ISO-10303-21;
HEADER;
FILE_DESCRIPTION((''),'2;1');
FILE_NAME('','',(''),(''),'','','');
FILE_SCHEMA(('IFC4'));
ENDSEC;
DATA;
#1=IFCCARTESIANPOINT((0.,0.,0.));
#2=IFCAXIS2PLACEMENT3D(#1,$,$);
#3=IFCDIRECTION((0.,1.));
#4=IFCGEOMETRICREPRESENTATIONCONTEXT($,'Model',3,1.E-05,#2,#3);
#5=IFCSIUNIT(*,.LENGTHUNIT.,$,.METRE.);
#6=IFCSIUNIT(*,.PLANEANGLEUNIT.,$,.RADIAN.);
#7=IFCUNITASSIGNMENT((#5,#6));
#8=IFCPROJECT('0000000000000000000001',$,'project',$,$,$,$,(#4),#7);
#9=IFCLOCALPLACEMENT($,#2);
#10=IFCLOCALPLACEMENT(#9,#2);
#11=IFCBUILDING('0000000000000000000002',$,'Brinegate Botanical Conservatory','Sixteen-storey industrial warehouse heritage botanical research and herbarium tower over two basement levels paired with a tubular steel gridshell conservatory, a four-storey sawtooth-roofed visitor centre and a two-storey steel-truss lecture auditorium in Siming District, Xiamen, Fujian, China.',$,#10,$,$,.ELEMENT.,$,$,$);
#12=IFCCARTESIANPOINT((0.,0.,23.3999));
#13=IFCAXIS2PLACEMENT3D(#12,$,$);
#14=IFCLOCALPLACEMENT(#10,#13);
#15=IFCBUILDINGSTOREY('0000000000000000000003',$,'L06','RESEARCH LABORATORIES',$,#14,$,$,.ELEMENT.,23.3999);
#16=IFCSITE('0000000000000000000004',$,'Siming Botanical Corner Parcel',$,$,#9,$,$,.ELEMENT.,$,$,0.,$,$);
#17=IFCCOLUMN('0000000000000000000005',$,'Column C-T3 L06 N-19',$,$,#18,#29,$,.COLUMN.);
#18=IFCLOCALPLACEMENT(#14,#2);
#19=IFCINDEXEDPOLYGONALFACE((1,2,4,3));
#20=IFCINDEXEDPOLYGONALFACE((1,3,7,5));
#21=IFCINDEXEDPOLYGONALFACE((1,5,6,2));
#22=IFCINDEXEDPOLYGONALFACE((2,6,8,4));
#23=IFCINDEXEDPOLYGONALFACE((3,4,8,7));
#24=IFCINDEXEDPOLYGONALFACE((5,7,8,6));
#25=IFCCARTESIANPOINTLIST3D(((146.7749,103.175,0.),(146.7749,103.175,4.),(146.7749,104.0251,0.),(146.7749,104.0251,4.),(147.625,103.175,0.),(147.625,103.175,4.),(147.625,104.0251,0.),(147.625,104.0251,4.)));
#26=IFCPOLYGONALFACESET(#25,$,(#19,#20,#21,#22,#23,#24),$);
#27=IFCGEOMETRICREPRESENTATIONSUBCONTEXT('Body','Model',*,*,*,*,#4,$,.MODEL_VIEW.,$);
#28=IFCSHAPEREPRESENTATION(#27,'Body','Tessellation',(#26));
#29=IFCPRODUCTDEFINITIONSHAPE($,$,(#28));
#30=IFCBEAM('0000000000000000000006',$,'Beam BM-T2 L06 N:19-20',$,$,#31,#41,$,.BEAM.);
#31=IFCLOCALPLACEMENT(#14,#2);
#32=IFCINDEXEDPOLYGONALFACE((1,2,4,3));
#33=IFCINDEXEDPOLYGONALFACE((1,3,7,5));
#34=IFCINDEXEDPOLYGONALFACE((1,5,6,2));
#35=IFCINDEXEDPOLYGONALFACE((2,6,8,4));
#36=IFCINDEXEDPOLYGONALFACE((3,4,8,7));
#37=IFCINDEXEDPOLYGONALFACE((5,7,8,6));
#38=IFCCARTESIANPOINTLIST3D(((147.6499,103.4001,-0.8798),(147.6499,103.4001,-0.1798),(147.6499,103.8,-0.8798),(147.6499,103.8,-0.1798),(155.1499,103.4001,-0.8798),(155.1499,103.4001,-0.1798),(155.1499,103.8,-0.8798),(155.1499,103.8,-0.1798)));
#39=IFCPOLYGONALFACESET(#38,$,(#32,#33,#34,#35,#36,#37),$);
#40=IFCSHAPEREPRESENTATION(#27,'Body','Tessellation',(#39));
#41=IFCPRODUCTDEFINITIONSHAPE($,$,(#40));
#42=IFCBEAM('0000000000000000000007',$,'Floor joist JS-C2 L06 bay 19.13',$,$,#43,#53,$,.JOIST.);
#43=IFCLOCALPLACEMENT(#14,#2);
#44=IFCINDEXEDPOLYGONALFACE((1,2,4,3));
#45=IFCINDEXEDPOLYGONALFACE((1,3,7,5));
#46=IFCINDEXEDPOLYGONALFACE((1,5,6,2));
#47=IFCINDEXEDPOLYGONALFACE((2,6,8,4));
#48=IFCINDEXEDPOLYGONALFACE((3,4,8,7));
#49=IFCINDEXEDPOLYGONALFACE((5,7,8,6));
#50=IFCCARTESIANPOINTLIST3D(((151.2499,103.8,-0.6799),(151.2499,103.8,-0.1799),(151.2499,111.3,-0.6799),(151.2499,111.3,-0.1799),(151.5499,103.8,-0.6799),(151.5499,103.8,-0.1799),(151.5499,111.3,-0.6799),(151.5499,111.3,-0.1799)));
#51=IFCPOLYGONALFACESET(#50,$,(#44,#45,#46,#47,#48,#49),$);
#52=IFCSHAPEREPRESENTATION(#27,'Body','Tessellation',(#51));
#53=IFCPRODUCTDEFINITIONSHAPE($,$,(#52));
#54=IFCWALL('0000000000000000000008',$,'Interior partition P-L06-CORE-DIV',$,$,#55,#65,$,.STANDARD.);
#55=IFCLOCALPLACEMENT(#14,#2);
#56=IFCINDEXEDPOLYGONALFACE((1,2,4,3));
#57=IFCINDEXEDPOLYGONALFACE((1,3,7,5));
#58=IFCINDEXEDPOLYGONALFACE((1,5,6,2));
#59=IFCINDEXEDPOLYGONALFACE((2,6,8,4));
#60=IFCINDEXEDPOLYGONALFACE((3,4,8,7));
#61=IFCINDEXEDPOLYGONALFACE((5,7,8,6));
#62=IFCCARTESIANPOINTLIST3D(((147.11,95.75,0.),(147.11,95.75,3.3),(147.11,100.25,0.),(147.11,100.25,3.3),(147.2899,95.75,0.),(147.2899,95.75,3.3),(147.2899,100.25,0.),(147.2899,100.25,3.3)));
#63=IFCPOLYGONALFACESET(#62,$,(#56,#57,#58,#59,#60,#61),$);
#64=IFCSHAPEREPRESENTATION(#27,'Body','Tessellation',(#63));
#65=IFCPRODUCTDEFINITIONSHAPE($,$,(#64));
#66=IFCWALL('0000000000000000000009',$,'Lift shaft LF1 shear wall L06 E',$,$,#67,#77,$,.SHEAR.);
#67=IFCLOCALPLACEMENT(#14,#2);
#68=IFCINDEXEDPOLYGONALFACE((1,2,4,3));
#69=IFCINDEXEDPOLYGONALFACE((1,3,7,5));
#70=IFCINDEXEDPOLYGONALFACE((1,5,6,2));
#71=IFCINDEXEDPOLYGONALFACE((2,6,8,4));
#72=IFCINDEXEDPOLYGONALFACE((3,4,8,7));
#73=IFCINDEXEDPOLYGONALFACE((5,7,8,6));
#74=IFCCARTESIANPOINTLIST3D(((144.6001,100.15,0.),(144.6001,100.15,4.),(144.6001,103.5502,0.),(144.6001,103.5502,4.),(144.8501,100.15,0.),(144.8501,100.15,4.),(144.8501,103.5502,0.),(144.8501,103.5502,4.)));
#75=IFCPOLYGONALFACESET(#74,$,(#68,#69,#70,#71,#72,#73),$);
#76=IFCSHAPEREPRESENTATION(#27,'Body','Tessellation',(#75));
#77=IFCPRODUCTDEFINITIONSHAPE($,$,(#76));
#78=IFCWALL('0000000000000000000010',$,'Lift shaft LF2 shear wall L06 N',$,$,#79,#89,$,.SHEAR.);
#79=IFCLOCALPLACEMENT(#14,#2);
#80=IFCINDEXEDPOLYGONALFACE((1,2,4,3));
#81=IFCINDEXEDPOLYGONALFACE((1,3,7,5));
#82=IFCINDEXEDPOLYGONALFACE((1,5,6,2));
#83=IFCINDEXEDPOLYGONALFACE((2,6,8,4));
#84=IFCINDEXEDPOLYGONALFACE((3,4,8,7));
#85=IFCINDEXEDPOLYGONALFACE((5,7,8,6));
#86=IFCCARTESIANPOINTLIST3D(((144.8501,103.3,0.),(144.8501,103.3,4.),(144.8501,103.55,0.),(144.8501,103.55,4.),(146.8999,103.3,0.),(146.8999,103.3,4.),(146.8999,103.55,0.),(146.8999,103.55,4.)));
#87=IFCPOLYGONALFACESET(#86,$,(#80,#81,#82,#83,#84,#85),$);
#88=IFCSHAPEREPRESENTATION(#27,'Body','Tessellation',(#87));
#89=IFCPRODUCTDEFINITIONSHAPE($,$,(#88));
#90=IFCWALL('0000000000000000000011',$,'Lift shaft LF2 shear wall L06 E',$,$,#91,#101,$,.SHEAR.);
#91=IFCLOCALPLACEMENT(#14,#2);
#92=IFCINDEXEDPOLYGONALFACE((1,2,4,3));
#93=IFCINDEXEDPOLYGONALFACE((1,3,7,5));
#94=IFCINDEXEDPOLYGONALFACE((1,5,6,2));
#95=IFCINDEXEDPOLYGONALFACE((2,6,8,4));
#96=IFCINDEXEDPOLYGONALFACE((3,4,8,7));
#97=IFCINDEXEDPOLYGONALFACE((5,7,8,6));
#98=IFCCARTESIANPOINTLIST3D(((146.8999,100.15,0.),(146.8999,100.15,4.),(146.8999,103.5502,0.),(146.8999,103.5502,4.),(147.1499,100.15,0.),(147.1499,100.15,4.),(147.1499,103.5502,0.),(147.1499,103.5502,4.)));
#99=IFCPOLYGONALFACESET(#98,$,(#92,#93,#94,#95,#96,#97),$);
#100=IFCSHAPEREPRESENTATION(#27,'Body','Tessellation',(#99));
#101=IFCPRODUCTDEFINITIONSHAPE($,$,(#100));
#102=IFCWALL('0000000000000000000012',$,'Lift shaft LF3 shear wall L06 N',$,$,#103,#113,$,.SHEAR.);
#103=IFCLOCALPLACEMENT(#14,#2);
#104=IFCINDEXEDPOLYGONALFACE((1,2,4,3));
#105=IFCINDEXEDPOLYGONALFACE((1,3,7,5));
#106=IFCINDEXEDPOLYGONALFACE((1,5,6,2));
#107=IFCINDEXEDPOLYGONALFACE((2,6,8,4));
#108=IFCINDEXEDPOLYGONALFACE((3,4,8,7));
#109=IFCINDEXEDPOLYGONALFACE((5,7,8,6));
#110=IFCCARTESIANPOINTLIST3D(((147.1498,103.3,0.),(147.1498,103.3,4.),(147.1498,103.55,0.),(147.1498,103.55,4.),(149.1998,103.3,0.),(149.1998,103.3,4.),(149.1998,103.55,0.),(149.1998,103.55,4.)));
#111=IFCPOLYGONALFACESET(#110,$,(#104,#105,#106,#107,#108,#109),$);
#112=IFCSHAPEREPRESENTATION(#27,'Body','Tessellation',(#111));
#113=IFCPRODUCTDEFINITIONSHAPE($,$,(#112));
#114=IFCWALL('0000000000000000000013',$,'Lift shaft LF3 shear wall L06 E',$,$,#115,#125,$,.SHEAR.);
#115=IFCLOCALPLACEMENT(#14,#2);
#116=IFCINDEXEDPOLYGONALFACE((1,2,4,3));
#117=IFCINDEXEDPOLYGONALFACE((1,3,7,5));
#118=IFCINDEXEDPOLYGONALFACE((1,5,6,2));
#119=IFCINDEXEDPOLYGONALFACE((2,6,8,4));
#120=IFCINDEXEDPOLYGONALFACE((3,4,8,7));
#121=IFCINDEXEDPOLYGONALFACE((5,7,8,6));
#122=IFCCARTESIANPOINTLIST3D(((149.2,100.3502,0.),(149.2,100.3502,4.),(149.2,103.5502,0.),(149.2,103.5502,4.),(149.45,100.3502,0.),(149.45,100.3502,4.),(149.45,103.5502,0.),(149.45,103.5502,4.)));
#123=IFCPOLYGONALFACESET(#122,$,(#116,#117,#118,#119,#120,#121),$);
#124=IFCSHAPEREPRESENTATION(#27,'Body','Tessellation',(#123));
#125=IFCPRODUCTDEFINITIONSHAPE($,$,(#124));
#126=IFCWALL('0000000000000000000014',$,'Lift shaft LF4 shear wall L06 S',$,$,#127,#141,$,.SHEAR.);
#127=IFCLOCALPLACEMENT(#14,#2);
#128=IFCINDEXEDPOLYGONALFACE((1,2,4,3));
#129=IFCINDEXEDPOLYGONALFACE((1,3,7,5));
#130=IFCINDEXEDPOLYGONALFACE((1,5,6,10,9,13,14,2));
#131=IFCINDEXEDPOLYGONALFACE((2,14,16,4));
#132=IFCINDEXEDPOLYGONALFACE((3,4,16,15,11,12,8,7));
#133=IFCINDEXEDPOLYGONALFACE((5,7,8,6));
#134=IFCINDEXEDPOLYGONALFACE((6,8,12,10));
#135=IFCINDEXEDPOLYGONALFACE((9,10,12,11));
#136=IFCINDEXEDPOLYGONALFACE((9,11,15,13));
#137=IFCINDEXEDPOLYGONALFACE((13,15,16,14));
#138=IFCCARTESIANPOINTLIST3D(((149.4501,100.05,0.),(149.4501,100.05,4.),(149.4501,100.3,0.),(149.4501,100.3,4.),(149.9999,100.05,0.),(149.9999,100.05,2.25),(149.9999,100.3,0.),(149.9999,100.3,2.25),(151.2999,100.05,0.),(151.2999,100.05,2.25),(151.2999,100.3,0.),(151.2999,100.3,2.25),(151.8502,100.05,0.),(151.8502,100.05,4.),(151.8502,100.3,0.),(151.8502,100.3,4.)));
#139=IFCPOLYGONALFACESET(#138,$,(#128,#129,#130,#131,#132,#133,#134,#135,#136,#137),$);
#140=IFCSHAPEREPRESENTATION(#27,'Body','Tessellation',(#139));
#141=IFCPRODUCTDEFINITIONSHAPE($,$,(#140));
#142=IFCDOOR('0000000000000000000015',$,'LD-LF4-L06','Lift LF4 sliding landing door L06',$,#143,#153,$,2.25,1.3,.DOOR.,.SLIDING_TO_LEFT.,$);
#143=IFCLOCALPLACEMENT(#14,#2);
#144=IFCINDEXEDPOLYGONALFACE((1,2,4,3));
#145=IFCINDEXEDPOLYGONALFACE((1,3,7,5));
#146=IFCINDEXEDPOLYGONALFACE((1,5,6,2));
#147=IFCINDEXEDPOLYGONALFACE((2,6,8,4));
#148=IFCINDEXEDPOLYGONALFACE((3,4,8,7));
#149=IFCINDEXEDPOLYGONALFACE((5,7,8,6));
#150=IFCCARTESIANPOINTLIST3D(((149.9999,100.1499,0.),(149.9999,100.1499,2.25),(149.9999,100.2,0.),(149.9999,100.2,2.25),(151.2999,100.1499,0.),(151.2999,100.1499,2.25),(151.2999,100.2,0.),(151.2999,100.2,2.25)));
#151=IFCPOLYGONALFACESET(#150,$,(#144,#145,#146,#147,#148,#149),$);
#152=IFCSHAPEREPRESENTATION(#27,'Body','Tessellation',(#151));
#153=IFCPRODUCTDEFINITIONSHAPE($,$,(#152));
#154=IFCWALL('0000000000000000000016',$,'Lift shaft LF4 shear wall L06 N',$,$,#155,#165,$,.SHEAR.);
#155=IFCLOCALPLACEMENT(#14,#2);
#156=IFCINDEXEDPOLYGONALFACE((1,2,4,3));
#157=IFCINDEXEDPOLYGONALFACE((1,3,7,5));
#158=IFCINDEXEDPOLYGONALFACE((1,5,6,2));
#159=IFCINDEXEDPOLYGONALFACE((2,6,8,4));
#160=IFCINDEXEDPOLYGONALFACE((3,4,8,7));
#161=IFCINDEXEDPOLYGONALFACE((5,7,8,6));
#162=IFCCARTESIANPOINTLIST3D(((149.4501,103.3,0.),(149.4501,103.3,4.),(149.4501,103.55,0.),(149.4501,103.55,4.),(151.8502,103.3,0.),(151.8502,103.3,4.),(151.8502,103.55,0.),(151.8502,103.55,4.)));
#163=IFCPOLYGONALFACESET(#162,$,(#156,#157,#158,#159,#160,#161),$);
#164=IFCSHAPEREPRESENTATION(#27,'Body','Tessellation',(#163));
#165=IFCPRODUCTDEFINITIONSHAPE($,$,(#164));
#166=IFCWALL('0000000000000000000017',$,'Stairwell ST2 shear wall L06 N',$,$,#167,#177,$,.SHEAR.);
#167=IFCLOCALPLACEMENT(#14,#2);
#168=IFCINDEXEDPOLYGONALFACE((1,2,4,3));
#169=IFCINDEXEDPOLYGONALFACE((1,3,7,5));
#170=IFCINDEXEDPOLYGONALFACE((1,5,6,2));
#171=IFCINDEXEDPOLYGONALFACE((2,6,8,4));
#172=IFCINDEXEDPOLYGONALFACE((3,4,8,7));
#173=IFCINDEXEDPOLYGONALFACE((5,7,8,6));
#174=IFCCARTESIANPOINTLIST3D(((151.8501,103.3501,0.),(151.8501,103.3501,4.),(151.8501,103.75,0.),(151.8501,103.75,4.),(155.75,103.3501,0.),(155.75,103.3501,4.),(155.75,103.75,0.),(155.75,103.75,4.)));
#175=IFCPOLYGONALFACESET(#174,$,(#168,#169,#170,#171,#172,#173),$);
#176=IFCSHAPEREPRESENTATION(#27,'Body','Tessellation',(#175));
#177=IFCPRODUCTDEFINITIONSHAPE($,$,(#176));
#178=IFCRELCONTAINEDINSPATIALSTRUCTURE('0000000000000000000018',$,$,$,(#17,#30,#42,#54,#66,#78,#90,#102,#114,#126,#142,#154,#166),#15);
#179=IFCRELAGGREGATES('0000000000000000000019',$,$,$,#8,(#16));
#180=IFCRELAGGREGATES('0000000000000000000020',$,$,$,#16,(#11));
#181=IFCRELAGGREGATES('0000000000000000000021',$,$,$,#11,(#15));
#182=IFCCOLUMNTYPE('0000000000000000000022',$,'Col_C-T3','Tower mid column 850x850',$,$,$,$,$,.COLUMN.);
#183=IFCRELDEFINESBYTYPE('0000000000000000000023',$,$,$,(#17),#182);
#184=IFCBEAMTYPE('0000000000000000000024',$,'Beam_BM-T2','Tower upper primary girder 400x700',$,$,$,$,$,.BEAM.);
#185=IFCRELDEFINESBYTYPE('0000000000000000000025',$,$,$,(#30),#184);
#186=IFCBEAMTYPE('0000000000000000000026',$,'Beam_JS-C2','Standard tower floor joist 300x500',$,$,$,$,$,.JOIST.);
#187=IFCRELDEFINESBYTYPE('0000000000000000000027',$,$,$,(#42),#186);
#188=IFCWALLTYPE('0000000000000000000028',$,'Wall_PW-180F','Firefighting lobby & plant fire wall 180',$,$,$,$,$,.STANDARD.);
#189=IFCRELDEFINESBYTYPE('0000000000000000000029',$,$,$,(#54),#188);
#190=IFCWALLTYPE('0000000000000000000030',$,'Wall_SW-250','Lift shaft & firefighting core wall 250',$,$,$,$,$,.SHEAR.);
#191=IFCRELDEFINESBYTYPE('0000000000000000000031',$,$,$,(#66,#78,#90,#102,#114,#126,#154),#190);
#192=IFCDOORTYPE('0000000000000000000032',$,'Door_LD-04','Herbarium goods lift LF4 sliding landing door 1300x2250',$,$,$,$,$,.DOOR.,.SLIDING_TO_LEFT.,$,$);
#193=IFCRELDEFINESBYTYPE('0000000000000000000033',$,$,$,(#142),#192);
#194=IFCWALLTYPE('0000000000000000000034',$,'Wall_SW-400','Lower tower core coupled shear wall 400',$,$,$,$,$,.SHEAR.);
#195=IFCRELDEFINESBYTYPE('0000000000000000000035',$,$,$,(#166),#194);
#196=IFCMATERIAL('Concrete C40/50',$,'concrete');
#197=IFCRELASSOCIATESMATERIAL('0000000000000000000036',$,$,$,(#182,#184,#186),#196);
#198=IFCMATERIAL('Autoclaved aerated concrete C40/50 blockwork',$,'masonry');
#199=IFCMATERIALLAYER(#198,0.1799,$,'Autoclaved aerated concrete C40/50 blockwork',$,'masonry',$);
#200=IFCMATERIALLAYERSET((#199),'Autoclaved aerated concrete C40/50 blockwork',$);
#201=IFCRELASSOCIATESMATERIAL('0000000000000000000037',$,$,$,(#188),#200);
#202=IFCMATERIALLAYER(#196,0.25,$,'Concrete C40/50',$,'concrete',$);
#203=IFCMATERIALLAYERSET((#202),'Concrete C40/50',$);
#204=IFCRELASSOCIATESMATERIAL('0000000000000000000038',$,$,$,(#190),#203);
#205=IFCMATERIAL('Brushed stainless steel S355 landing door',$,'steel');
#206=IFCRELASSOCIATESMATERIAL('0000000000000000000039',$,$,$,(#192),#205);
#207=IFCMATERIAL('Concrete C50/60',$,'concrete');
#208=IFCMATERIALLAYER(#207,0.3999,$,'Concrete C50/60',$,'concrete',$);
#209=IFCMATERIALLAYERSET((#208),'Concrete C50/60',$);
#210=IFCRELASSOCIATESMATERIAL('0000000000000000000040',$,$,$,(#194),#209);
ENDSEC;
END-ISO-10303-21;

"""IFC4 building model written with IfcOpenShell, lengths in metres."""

from ifc_helpers import new_model, si_unit, direction, frame, frame_2d, origin, origin_2d, place, context, subcontext, project, spatial, rectangle, extrude, material, layer, layer_set, material_profile, profile_set, type_object, element, fill, save


model = new_model("IFC4")

# Units and contexts
model_context = context("Model", 3, precision=1e-05, world=origin(), true_north=direction((0.0, 1.0)))
body_context = subcontext(model_context, "Body", "Model", "MODEL_VIEW")
ifc_project = project(units=[si_unit("LENGTHUNIT", "METRE"), si_unit("PLANEANGLEUNIT", "RADIAN")], contexts=[model_context])

# Site, building, storey
site_placement = place(None, origin())
site = spatial("IfcSite", under=ifc_project, at=site_placement, Name="Siming Botanical Corner Parcel", CompositionType="ELEMENT", RefElevation=0.0)
building_placement = place(site_placement, origin())
building = spatial("IfcBuilding", under=site, at=building_placement, Name="Brinegate Botanical Conservatory", Description="Sixteen-storey industrial warehouse heritage botanical research and herbarium tower over two basement levels paired with a tubular steel gridshell conservatory, a four-storey sawtooth-roofed visitor centre and a two-storey steel-truss lecture auditorium in Siming District, Xiamen, Fujian, China.", CompositionType="ELEMENT")
storey_placement = place(building_placement, frame((0.0, 0.0, 23.3999)))
storey = spatial("IfcBuildingStorey", under=building, at=storey_placement, Name="L06", Description="RESEARCH LABORATORIES", CompositionType="ELEMENT", Elevation=23.3999)

# Column
ifc_material_1 = material(Name="Concrete C40/50", Category="concrete")
ifc_material_profile_1 = material_profile(ifc_material_1, rectangle(XDim=0.8501, YDim=0.8501, at=origin_2d()), Name="RC COL 850x850")
ifc_profile_set_1 = profile_set([ifc_material_profile_1], Name="Concrete C40/50")
column_type = type_object("IfcColumnType", Name="Col_C-T3", Description="Tower mid column 850x850", PredefinedType="COLUMN", material=ifc_profile_set_1)
column_placement = place(storey_placement, frame((147.2, 103.6001, 0.0), z_axis=(0.0, 0.0, 1.0), x_axis=(1.0, 0.0, 0.0)))
element("IfcColumn", 1, at=column_placement, inside=storey, type_object=column_type, Name="Column C-T3 L06 N-19", PredefinedType="COLUMN", context=body_context, shape_type="SweptSolid", body=[
    extrude(rectangle(XDim=0.8501, YDim=0.8501, at=origin_2d()), origin(), (0.0, 0.0, 1.0), 4.0),
])

# Beams
ifc_material_profile_2 = material_profile(ifc_material_1, rectangle(XDim=0.3999, YDim=0.7, at=origin_2d()), Name="RC BM 400x700")
ifc_profile_set_2 = profile_set([ifc_material_profile_2], Name="Concrete C40/50")
beam_type_1 = type_object("IfcBeamType", Name="Beam_BM-T2", Description="Tower upper primary girder 400x700", PredefinedType="BEAM", material=ifc_profile_set_2)
beam_1_placement = place(storey_placement, frame((147.6499, 103.6001, -0.5298), z_axis=(1.0, 0.0, 0.0), x_axis=(0.0, 1.0, 0.0)))
element("IfcBeam", 2, at=beam_1_placement, inside=storey, type_object=beam_type_1, Name="Beam BM-T2 L06 N:19-20", PredefinedType="BEAM", context=body_context, shape_type="SweptSolid", body=[
    extrude(rectangle(XDim=0.3999, YDim=0.7, at=origin_2d()), origin(), (0.0, 0.0, 1.0), 7.5),
])
ifc_material_profile_3 = material_profile(ifc_material_1, rectangle(XDim=0.3, YDim=0.5, at=origin_2d()), Name="RC JST 300x500")
ifc_profile_set_3 = profile_set([ifc_material_profile_3], Name="Concrete C40/50")
beam_type_2 = type_object("IfcBeamType", Name="Beam_JS-C2", Description="Standard tower floor joist 300x500", PredefinedType="JOIST", material=ifc_profile_set_3)
beam_2_placement = place(storey_placement, frame((151.3999, 103.8, -0.4299), z_axis=(0.0, 1.0, 0.0), x_axis=(-1.0, 0.0, 0.0)))
element("IfcBeam", 3, at=beam_2_placement, inside=storey, type_object=beam_type_2, Name="Floor joist JS-C2 L06 bay 19.13", PredefinedType="JOIST", context=body_context, shape_type="SweptSolid", body=[
    extrude(rectangle(XDim=0.3, YDim=0.5, at=origin_2d()), origin(), (0.0, 0.0, 1.0), 7.5),
])

# Walls
ifc_material_2 = material(Name="Autoclaved aerated concrete C40/50 blockwork", Category="masonry")
ifc_layer_1 = layer(ifc_material_2, 0.1799, Name="Autoclaved aerated concrete C40/50 blockwork", Category="masonry")
ifc_layer_set_1 = layer_set([ifc_layer_1], Name="Autoclaved aerated concrete C40/50 blockwork")
wall_type_1 = type_object("IfcWallType", Name="Wall_PW-180F", Description="Firefighting lobby & plant fire wall 180", PredefinedType="STANDARD", material=ifc_layer_set_1)
wall_1_placement = place(storey_placement, frame((147.2, 95.75, 0.0), z_axis=(0.0, 0.0, 1.0), x_axis=(0.0, 1.0, 0.0)))
element("IfcWall", 4, at=wall_1_placement, inside=storey, type_object=wall_type_1, Name="Interior partition P-L06-CORE-DIV", PredefinedType="STANDARD", context=body_context, shape_type="SweptSolid", body=[
    extrude(rectangle(XDim=4.5, YDim=0.1799, at=frame_2d((2.25, 0.0))), origin(), (0.0, 0.0, 1.0), 3.3),
])
ifc_layer_2 = layer(ifc_material_1, 0.25, Name="Concrete C40/50", Category="concrete")
ifc_layer_set_2 = layer_set([ifc_layer_2], Name="Concrete C40/50")
wall_type_2 = type_object("IfcWallType", Name="Wall_SW-250", Description="Lift shaft & firefighting core wall 250", PredefinedType="SHEAR", material=ifc_layer_set_2)
wall_2_placement = place(storey_placement, frame((144.7251, 100.1499, 0.0), z_axis=(0.0, 0.0, 1.0), x_axis=(0.0, 1.0, 0.0)))
element("IfcWall", 5, at=wall_2_placement, inside=storey, type_object=wall_type_2, Name="Lift shaft LF1 shear wall L06 E", PredefinedType="SHEAR", context=body_context, shape_type="SweptSolid", body=[
    extrude(rectangle(XDim=3.4001, YDim=0.25, at=frame_2d((1.7002, 0.0))), origin(), (0.0, 0.0, 1.0), 4.0),
])

# Shared definitions
ifc_material_3 = material(Name="Brushed stainless steel S355 landing door", Category="steel")

# Walls
wall_3_placement = place(storey_placement, frame((144.8501, 103.425, 0.0), z_axis=(0.0, 0.0, 1.0), x_axis=(1.0, 0.0, 0.0)))
element("IfcWall", 6, at=wall_3_placement, inside=storey, type_object=wall_type_2, Name="Lift shaft LF2 shear wall L06 N", PredefinedType="SHEAR", context=body_context, shape_type="SweptSolid", body=[
    extrude(rectangle(XDim=2.0498, YDim=0.25, at=frame_2d((1.0249, 0.0))), origin(), (0.0, 0.0, 1.0), 4.0),
])
wall_4_placement = place(storey_placement, frame((147.0249, 100.1499, 0.0), z_axis=(0.0, 0.0, 1.0), x_axis=(0.0, 1.0, 0.0)))
element("IfcWall", 7, at=wall_4_placement, inside=storey, type_object=wall_type_2, Name="Lift shaft LF2 shear wall L06 E", PredefinedType="SHEAR", context=body_context, shape_type="SweptSolid", body=[
    extrude(rectangle(XDim=3.4001, YDim=0.25, at=frame_2d((1.7002, 0.0))), origin(), (0.0, 0.0, 1.0), 4.0),
])

# Walls
wall_5_placement = place(storey_placement, frame((147.1499, 103.425, 0.0), z_axis=(0.0, 0.0, 1.0), x_axis=(1.0, 0.0, 0.0)))
element("IfcWall", 8, at=wall_5_placement, inside=storey, type_object=wall_type_2, Name="Lift shaft LF3 shear wall L06 N", PredefinedType="SHEAR", context=body_context, shape_type="SweptSolid", body=[
    extrude(rectangle(XDim=2.05, YDim=0.25, at=frame_2d((1.0249, 0.0))), origin(), (0.0, 0.0, 1.0), 4.0),
])
wall_6_placement = place(storey_placement, frame((149.325, 100.3501, 0.0), z_axis=(0.0, 0.0, 1.0), x_axis=(0.0, 1.0, 0.0)))
element("IfcWall", 9, at=wall_6_placement, inside=storey, type_object=wall_type_2, Name="Lift shaft LF3 shear wall L06 E", PredefinedType="SHEAR", context=body_context, shape_type="SweptSolid", body=[
    extrude(rectangle(XDim=3.2, YDim=0.25, at=frame_2d((1.6001, 0.0))), origin(), (0.0, 0.0, 1.0), 4.0),
])

# Wall, opening, door
wall_7_placement = place(storey_placement, frame((149.45, 100.175, 0.0), z_axis=(0.0, 0.0, 1.0), x_axis=(1.0, 0.0, 0.0)))
wall_7 = element("IfcWall", 10, at=wall_7_placement, inside=storey, type_object=wall_type_2, Name="Lift shaft LF4 shear wall L06 S", PredefinedType="SHEAR", context=body_context, shape_type="SweptSolid", body=[
    extrude(rectangle(XDim=2.4001, YDim=0.25, at=frame_2d((1.2002, 0.0))), origin(), (0.0, 0.0, 1.0), 4.0),
])
opening_1_placement = place(wall_7_placement, frame((0.55, 0.0, 0.0)))
opening_1 = element("IfcOpeningElement", 11, at=opening_1_placement, cuts=wall_7, PredefinedType="OPENING", context=body_context, shape_type="SweptSolid", body=[
    extrude(rectangle(XDim=1.3, YDim=2.25, at=frame_2d((0.6499, 1.125))), frame((0.0, 0.135, 0.0), z_axis=(0.0, -1.0, 0.0), x_axis=(1.0, 0.0, 0.0)), (0.0, 0.0, 1.0), 0.27),
])
door_type_1 = type_object("IfcDoorType", Name="Door_LD-04", Description="Herbarium goods lift LF4 sliding landing door 1300x2250", OperationType="SLIDING_TO_LEFT", PredefinedType="DOOR", material=ifc_material_3)
door_1_placement = place(opening_1_placement, origin())
door_1 = element("IfcDoor", 12, at=door_1_placement, inside=storey, type_object=door_type_1, Name="LD-LF4-L06", Description="Lift LF4 sliding landing door L06", OperationType="SLIDING_TO_LEFT", OverallHeight=2.25, OverallWidth=1.3, PredefinedType="DOOR", context=body_context, shape_type="SweptSolid", body=[
    extrude(rectangle(XDim=1.3, YDim=2.25, at=frame_2d((0.6499, 1.125))), frame((0.0, 0.0249, 0.0), z_axis=(0.0, -1.0, 0.0), x_axis=(1.0, 0.0, 0.0)), (0.0, 0.0, 1.0), 0.05),
])
fill(opening_1, door_1)

# Walls
wall_8_placement = place(storey_placement, frame((149.45, 103.425, 0.0), z_axis=(0.0, 0.0, 1.0), x_axis=(1.0, 0.0, 0.0)))
element("IfcWall", 13, at=wall_8_placement, inside=storey, type_object=wall_type_2, Name="Lift shaft LF4 shear wall L06 N", PredefinedType="SHEAR", context=body_context, shape_type="SweptSolid", body=[
    extrude(rectangle(XDim=2.4001, YDim=0.25, at=frame_2d((1.2002, 0.0))), origin(), (0.0, 0.0, 1.0), 4.0),
])
ifc_material_4 = material(Name="Concrete C50/60", Category="concrete")
ifc_layer_3 = layer(ifc_material_4, 0.3999, Name="Concrete C50/60", Category="concrete")
ifc_layer_set_3 = layer_set([ifc_layer_3], Name="Concrete C50/60")
wall_type_3 = type_object("IfcWallType", Name="Wall_SW-400", Description="Lower tower core coupled shear wall 400", PredefinedType="SHEAR", material=ifc_layer_set_3)
wall_9_placement = place(storey_placement, frame((151.8501, 103.55, 0.0), z_axis=(0.0, 0.0, 1.0), x_axis=(1.0, 0.0, 0.0)))
element("IfcWall", 14, at=wall_9_placement, inside=storey, type_object=wall_type_3, Name="Stairwell ST2 shear wall L06 N", PredefinedType="SHEAR", context=body_context, shape_type="SweptSolid", body=[
    extrude(rectangle(XDim=3.8999, YDim=0.3999, at=frame_2d((1.95, 0.0))), origin(), (0.0, 0.0, 1.0), 4.0),
])

save(model, "model.ifc")
